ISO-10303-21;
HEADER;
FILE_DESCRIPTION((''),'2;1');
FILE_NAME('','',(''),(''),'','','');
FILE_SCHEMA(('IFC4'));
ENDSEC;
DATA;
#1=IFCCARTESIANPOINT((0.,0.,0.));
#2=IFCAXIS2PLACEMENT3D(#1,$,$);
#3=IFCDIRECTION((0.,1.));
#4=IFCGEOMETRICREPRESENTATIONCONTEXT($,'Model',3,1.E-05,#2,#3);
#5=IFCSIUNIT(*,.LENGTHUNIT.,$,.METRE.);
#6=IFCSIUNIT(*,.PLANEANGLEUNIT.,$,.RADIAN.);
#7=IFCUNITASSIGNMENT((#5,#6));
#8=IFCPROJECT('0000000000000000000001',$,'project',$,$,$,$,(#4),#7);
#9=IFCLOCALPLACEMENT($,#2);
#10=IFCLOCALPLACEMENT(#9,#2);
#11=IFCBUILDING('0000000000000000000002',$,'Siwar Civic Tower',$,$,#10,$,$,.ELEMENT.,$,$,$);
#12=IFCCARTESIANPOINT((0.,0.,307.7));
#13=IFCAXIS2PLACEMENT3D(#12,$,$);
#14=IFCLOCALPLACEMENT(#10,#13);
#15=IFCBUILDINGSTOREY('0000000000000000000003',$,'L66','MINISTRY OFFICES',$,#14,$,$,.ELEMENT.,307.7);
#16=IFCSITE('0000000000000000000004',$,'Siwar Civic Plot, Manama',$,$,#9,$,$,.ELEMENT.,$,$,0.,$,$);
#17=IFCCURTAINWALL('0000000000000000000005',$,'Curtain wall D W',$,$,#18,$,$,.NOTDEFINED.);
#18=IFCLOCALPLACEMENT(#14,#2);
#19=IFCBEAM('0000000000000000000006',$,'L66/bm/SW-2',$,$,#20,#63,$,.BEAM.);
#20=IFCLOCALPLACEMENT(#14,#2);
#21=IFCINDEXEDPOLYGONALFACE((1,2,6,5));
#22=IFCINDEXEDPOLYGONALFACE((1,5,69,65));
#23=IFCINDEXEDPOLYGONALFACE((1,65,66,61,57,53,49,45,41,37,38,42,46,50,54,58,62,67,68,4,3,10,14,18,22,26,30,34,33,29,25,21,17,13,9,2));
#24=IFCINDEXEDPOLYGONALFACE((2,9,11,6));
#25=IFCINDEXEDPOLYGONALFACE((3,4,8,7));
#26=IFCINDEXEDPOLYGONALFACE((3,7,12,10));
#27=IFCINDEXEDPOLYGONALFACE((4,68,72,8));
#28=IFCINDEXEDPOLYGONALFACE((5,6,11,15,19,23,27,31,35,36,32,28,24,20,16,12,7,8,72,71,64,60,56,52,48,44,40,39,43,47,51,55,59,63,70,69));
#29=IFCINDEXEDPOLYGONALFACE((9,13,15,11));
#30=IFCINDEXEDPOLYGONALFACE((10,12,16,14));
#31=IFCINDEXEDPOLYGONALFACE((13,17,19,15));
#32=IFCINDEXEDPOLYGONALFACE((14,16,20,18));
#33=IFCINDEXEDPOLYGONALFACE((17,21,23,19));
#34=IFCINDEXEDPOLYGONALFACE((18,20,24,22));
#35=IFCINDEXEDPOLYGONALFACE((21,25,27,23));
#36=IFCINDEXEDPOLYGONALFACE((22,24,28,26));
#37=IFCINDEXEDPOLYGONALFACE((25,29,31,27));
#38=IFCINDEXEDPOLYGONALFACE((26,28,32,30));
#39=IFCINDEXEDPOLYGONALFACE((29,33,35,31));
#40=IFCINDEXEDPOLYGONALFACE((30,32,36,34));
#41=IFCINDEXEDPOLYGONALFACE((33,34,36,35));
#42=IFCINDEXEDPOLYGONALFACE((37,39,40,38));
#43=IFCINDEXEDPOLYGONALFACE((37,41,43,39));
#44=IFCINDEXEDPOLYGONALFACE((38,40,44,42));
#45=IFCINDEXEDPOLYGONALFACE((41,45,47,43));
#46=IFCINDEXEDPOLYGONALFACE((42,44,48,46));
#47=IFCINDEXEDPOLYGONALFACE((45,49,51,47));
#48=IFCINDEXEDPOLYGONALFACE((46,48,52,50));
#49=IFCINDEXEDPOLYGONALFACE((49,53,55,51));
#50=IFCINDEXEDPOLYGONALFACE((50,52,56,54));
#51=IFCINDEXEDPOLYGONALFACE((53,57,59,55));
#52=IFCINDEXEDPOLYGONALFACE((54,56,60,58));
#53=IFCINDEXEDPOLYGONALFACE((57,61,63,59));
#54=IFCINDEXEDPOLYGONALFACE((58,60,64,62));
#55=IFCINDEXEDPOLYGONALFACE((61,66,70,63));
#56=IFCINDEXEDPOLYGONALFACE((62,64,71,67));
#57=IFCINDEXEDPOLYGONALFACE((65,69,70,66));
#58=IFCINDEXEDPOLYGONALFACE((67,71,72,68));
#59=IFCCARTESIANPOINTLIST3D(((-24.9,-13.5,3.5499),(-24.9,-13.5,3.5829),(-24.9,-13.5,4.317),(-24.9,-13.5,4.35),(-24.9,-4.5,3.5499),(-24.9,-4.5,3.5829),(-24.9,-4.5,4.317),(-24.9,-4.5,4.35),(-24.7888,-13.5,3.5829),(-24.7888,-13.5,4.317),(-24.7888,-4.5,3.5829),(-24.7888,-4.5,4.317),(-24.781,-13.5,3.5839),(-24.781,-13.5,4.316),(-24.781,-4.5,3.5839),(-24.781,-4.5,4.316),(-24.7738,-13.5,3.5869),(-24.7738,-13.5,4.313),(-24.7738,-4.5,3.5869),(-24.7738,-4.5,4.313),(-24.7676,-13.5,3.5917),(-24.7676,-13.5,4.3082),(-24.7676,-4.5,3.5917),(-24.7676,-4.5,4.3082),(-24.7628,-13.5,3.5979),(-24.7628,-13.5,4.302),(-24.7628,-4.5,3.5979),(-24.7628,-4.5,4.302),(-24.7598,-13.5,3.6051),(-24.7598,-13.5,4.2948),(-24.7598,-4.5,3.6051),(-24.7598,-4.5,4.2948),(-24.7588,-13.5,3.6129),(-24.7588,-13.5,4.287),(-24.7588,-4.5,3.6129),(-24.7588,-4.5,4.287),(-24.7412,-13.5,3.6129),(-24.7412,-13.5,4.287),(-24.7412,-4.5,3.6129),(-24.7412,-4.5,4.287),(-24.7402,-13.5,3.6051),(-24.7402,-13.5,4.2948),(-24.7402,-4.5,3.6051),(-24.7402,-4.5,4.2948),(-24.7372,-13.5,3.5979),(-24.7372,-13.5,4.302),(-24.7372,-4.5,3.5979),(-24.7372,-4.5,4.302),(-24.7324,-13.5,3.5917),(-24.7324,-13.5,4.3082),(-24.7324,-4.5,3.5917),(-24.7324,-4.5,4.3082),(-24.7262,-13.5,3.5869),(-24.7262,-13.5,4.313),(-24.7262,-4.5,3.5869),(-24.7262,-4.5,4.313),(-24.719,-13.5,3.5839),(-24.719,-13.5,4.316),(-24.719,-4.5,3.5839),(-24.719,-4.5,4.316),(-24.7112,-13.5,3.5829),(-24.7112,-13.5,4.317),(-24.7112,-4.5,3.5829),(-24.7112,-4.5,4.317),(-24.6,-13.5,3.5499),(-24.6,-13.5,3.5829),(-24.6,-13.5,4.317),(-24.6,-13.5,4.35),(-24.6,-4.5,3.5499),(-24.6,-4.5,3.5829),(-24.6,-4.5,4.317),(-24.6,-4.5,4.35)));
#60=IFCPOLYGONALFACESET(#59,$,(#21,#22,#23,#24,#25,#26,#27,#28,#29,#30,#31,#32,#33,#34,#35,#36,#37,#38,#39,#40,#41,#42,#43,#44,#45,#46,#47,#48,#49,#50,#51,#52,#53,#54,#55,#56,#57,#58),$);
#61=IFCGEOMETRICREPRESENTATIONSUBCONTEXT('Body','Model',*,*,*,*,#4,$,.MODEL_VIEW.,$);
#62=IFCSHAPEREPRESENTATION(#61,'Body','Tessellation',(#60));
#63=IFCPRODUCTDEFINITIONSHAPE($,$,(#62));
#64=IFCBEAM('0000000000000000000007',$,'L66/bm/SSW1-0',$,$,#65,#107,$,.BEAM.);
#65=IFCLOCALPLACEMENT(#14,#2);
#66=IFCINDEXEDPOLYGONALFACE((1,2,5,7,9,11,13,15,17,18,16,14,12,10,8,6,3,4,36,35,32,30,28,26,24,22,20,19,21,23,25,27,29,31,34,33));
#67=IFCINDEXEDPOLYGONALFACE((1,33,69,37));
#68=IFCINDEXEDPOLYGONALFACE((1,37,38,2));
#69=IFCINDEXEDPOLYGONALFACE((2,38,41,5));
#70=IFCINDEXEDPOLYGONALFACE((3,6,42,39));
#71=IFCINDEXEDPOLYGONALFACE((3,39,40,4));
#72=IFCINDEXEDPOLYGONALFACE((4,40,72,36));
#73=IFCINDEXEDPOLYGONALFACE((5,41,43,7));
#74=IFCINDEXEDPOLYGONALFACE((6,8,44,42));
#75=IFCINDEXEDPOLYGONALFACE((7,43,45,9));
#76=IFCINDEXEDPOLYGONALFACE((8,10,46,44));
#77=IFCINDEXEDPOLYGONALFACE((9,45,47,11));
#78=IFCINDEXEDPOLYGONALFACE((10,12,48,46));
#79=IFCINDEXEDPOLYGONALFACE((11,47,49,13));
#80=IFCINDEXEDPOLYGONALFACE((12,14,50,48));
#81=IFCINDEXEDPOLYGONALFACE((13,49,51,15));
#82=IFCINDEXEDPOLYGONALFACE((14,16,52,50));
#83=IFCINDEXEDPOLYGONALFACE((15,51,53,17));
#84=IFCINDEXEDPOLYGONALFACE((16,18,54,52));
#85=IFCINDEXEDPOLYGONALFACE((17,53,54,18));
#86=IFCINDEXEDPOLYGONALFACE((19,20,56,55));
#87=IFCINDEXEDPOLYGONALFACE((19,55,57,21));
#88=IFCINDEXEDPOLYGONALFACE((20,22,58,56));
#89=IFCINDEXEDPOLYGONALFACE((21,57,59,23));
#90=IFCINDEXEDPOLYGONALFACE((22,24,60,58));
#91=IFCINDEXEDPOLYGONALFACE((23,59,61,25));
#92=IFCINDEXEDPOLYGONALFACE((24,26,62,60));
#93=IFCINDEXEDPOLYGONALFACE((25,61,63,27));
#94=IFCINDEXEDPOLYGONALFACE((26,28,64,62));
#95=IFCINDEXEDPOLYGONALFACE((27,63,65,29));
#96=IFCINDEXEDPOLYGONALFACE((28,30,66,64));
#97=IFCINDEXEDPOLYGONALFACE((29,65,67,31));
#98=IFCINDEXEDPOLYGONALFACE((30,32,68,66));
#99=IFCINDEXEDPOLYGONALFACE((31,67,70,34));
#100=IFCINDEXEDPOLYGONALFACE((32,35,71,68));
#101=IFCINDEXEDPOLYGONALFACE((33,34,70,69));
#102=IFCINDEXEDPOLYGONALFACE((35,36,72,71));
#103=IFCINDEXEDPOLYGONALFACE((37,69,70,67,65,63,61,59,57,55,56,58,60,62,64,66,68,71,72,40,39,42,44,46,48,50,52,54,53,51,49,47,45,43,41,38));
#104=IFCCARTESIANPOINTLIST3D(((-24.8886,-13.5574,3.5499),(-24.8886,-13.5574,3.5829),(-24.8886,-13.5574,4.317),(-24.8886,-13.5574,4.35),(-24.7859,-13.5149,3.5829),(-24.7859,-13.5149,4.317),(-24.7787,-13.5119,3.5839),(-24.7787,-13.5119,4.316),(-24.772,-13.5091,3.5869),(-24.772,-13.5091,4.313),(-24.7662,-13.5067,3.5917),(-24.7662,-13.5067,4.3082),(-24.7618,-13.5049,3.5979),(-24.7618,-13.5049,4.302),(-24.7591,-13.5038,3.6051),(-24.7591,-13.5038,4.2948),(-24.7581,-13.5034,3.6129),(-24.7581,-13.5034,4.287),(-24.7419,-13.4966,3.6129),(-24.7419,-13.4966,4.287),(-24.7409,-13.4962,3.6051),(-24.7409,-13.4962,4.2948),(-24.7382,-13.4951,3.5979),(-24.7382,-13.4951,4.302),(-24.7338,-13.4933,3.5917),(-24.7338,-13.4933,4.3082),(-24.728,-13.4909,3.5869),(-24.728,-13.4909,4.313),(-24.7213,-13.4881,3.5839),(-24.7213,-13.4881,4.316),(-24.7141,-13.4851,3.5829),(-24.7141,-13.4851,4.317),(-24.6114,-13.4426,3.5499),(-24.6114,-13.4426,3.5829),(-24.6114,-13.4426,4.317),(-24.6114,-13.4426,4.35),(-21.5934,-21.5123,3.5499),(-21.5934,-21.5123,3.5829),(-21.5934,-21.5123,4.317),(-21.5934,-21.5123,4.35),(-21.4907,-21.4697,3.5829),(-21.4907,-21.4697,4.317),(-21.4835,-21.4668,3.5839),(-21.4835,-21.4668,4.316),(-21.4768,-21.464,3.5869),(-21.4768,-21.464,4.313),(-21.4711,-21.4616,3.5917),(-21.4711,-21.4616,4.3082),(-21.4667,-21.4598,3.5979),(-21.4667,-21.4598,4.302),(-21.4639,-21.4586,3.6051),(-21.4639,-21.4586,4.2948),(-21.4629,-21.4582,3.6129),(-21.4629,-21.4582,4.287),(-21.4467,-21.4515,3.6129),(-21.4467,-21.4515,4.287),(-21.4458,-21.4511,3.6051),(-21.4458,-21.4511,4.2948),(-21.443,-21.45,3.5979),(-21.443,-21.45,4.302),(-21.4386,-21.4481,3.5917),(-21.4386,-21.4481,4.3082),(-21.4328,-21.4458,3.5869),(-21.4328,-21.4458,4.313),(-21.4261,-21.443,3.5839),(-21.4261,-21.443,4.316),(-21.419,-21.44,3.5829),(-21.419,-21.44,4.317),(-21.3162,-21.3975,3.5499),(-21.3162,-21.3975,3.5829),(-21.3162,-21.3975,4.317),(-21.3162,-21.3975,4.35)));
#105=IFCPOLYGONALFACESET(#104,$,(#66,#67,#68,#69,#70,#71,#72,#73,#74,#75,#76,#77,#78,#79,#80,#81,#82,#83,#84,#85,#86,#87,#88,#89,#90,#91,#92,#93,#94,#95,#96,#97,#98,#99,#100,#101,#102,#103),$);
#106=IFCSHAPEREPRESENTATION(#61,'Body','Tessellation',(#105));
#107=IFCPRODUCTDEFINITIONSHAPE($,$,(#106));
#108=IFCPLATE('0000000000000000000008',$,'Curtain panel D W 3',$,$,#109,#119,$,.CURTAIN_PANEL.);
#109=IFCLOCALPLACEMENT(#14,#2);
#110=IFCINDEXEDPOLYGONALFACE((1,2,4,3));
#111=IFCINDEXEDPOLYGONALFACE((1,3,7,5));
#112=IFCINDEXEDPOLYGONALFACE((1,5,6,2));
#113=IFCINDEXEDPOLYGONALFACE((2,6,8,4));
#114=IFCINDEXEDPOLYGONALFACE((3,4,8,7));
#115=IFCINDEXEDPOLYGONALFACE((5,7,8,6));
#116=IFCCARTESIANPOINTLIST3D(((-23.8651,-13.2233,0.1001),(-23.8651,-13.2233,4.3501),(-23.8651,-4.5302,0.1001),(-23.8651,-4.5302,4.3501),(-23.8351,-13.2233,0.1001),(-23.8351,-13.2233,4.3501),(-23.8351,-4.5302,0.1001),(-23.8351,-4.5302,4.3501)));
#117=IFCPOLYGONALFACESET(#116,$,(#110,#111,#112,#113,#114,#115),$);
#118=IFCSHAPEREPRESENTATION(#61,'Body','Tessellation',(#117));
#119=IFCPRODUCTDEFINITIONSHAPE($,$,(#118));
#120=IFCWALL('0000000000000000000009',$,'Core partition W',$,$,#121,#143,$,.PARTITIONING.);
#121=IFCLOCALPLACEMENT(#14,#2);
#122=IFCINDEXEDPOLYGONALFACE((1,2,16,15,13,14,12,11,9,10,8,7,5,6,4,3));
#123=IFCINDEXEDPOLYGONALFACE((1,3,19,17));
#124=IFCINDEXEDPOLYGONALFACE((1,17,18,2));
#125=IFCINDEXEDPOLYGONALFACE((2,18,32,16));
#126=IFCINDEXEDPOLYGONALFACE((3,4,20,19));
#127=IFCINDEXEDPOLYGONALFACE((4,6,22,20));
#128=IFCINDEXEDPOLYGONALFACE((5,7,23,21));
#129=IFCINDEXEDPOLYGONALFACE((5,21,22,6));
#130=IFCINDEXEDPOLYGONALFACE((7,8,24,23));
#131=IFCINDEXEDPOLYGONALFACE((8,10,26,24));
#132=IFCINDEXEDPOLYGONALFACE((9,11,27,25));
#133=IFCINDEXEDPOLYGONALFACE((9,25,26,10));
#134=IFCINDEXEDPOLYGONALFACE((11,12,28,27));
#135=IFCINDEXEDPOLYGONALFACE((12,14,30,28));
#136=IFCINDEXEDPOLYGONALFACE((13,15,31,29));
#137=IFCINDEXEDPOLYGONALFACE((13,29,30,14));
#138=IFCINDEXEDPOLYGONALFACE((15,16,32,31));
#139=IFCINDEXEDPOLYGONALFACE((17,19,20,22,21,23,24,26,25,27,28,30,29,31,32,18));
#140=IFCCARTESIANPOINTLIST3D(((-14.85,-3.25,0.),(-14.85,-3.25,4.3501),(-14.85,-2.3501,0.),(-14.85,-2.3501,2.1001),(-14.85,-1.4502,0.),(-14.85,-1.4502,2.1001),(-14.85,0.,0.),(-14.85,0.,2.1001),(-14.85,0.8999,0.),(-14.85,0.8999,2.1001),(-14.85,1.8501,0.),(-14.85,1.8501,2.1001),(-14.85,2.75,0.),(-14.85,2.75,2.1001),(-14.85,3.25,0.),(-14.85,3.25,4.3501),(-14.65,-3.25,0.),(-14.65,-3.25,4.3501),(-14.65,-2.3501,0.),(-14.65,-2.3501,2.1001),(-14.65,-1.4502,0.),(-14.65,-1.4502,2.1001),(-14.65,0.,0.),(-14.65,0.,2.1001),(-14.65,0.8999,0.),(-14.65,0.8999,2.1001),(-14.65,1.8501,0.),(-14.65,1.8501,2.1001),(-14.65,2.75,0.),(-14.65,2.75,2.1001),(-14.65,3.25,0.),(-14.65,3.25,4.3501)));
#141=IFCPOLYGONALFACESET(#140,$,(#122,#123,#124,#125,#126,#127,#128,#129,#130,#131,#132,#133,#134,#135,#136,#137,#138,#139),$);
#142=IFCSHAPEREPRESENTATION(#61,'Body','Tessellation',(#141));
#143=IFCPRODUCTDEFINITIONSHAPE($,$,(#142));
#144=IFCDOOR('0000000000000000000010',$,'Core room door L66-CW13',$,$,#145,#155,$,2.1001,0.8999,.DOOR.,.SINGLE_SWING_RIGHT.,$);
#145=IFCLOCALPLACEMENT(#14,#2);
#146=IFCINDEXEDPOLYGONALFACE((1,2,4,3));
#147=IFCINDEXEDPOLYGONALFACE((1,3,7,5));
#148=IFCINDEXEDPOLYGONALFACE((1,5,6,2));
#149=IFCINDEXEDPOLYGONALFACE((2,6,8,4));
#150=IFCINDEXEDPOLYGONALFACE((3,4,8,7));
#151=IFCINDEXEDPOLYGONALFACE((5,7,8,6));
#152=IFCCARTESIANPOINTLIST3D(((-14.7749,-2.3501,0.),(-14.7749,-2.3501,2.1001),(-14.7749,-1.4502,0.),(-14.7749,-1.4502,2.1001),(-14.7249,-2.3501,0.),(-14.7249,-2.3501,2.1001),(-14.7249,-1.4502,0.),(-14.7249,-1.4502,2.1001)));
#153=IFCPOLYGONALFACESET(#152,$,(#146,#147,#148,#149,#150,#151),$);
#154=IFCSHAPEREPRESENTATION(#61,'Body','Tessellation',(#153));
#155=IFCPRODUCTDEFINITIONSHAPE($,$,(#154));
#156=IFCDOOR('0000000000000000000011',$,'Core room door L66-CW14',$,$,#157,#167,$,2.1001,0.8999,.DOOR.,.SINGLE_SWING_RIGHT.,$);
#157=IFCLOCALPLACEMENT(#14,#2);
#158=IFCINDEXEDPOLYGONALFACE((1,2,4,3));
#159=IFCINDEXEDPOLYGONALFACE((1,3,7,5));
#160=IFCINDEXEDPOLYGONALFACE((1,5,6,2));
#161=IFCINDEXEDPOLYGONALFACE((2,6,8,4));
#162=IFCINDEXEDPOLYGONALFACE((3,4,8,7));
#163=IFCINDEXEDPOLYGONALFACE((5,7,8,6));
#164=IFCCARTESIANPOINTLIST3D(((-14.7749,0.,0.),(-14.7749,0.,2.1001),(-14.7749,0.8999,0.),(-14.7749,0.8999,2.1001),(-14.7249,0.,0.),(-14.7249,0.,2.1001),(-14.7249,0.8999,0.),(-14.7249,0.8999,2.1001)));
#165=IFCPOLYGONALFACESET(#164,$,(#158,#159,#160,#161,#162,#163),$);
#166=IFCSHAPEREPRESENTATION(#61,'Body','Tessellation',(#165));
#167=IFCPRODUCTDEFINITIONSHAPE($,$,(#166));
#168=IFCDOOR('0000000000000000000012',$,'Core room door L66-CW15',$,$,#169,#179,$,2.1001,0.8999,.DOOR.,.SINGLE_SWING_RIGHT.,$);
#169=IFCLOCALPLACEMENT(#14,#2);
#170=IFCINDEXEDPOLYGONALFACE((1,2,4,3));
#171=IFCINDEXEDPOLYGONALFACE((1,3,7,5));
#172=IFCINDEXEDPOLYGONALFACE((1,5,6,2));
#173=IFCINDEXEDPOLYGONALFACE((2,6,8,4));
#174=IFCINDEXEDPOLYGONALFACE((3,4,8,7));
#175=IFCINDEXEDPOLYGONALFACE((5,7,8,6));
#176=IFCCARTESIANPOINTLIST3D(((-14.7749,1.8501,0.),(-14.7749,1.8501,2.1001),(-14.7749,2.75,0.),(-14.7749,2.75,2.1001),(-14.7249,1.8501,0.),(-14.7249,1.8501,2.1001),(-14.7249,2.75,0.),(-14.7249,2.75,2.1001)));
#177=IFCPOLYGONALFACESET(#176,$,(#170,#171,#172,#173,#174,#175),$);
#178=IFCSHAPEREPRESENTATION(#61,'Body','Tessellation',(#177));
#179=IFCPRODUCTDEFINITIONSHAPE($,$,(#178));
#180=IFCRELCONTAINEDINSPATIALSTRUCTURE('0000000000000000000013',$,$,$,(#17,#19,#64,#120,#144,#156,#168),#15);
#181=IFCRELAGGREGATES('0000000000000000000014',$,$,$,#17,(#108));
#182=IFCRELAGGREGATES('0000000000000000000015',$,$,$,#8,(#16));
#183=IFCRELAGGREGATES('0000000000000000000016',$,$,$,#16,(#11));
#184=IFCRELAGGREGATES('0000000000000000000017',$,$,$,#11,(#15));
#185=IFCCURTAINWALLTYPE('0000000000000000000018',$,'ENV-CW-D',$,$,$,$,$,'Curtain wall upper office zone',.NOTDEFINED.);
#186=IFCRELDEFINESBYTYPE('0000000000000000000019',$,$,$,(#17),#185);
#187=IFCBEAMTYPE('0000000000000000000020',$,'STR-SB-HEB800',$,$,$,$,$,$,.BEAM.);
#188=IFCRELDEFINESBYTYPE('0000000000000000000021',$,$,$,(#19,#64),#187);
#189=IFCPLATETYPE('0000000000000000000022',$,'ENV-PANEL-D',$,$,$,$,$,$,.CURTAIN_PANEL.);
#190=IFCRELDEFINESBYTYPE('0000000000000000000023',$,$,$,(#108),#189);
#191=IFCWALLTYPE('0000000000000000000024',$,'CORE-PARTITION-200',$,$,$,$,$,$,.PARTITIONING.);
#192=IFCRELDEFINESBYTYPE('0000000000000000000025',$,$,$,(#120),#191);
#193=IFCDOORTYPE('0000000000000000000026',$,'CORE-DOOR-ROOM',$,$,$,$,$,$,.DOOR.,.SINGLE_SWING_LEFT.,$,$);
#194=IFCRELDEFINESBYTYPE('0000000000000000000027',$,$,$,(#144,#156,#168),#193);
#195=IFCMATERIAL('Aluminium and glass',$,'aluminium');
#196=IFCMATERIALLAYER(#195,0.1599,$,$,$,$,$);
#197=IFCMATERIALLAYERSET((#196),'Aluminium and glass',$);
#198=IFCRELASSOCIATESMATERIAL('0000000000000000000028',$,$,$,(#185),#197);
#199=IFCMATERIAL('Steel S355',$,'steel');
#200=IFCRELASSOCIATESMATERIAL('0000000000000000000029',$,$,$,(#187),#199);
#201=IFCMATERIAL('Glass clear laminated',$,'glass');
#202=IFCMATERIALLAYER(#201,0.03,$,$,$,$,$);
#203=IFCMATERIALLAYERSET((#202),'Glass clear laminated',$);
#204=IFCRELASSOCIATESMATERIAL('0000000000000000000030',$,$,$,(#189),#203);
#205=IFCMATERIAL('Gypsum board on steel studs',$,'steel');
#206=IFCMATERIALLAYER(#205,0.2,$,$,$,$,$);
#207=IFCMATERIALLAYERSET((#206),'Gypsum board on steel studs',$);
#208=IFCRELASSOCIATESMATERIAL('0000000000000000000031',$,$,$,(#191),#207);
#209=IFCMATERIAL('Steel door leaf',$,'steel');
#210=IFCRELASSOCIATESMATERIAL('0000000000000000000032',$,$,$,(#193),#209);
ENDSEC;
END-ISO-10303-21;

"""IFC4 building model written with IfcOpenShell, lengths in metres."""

from ifc_helpers import new_model, si_unit, direction, frame, frame_2d, origin, origin_2d, place, context, subcontext, project, spatial, rectangle, i_section, extrude, material, layer, layer_set, material_profile, profile_set, type_object, element, fill, aggregate, save


model = new_model("IFC4")

# Units and contexts
model_context = context("Model", 3, precision=1e-05, world=origin(), true_north=direction((0.0, 1.0)))
body_context = subcontext(model_context, "Body", "Model", "MODEL_VIEW")
ifc_project = project(units=[si_unit("LENGTHUNIT", "METRE"), si_unit("PLANEANGLEUNIT", "RADIAN")], contexts=[model_context])

# Site, building, storey
site_placement = place(None, origin())
site = spatial("IfcSite", under=ifc_project, at=site_placement, Name="Siwar Civic Plot, Manama", CompositionType="ELEMENT", RefElevation=0.0)
building_placement = place(site_placement, origin())
building = spatial("IfcBuilding", under=site, at=building_placement, Name="Siwar Civic Tower", CompositionType="ELEMENT")
storey_placement = place(building_placement, frame((0.0, 0.0, 307.7)))
storey = spatial("IfcBuildingStorey", under=building, at=storey_placement, Name="L66", Description="MINISTRY OFFICES", CompositionType="ELEMENT", Elevation=307.7)

# Curtain wall
ifc_material_1 = material(Name="Aluminium and glass", Category="aluminium")
ifc_layer_1 = layer(ifc_material_1, 0.1599)
ifc_layer_set_1 = layer_set([ifc_layer_1], Name="Aluminium and glass")
curtain_wall_type_1 = type_object("IfcCurtainWallType", Name="ENV-CW-D", ElementType="Curtain wall upper office zone", PredefinedType="NOTDEFINED", material=ifc_layer_set_1)
curtain_wall_1_placement = place(storey_placement, origin())
curtain_wall_1 = element("IfcCurtainWall", 1, at=curtain_wall_1_placement, inside=storey, type_object=curtain_wall_type_1, Name="Curtain wall D W", PredefinedType="NOTDEFINED")

# Beams
ifc_material_2 = material(Name="Steel S355", Category="steel")
ifc_material_profile_1 = material_profile(ifc_material_2, i_section(OverallWidth=0.3, OverallDepth=0.8, WebThickness=0.0176, FlangeThickness=0.033, FilletRadius=0.03, at=origin_2d()), Name="HEB800")
ifc_profile_set_1 = profile_set([ifc_material_profile_1], Name="Steel S355")
beam_type_1 = type_object("IfcBeamType", Name="STR-SB-HEB800", PredefinedType="BEAM", material=ifc_profile_set_1)
beam_1_placement = place(storey_placement, frame((-24.75, -4.5, 3.95), z_axis=(0.0, -1.0, 0.0), x_axis=(1.0, 0.0, 0.0)))
element("IfcBeam", 2, at=beam_1_placement, inside=storey, type_object=beam_type_1, Name="L66/bm/SW-2", PredefinedType="BEAM", context=body_context, shape_type="SweptSolid", body=[
    extrude(i_section(OverallWidth=0.3, OverallDepth=0.8, WebThickness=0.0176, FlangeThickness=0.033, FilletRadius=0.03, at=origin_2d()), origin(), (0.0, 0.0, 1.0), 9.0),
])
beam_2_placement = place(storey_placement, frame((-24.75, -13.5, 3.95), z_axis=(0.3827, -0.923873, 0.0), x_axis=(0.923873, 0.3827, 0.0)))
element("IfcBeam", 3, at=beam_2_placement, inside=storey, type_object=beam_type_1, Name="L66/bm/SSW1-0", PredefinedType="BEAM", context=body_context, shape_type="SweptSolid", body=[
    extrude(i_section(OverallWidth=0.3, OverallDepth=0.8, WebThickness=0.0176, FlangeThickness=0.033, FilletRadius=0.03, at=origin_2d()), origin(), (0.0, 0.0, 1.0), 8.6104),
])

# Plate
ifc_material_3 = material(Name="Glass clear laminated", Category="glass")
ifc_layer_2 = layer(ifc_material_3, 0.03)
ifc_layer_set_2 = layer_set([ifc_layer_2], Name="Glass clear laminated")
plate_type = type_object("IfcPlateType", Name="ENV-PANEL-D", PredefinedType="CURTAIN_PANEL", material=ifc_layer_set_2)
plate_placement = place(storey_placement, frame((-23.8501, -8.8767, 0.1001), z_axis=(0.0, 0.0, 1.0), x_axis=(0.0, -1.0, 0.0)))
plate = element("IfcPlate", 4, at=plate_placement, type_object=plate_type, Name="Curtain panel D W 3", PredefinedType="CURTAIN_PANEL", context=body_context, shape_type="SweptSolid", body=[
    extrude(rectangle(XDim=8.6931, YDim=0.03, at=origin_2d()), origin(), (0.0, 0.0, 1.0), 4.25),
])
aggregate(curtain_wall_1, [plate])

# Wall, openings, doors
ifc_material_4 = material(Name="Gypsum board on steel studs", Category="steel")
ifc_layer_3 = layer(ifc_material_4, 0.2)
ifc_layer_set_3 = layer_set([ifc_layer_3], Name="Gypsum board on steel studs")
wall_type_1 = type_object("IfcWallType", Name="CORE-PARTITION-200", PredefinedType="PARTITIONING", material=ifc_layer_set_3)
wall_1_placement = place(storey_placement, frame((-14.75, -3.25, 0.0), z_axis=(0.0, 0.0, 1.0), x_axis=(0.0, 1.0, 0.0)))
wall_1 = element("IfcWall", 5, at=wall_1_placement, inside=storey, type_object=wall_type_1, Name="Core partition W", PredefinedType="PARTITIONING", context=body_context, shape_type="SweptSolid", body=[
    extrude(rectangle(XDim=6.5, YDim=0.2, at=frame_2d((3.25, 0.0))), origin(), (0.0, 0.0, 1.0), 4.3501),
])
opening_1_placement = place(wall_1_placement, frame((0.8999, 0.0, 0.0)))
opening_1 = element("IfcOpeningElement", 6, at=opening_1_placement, cuts=wall_1, PredefinedType="OPENING", context=body_context, shape_type="SweptSolid", body=[
    extrude(rectangle(XDim=0.8999, YDim=2.1001, at=frame_2d((0.45, 1.05))), frame((0.0, 0.1099, 0.0), z_axis=(0.0, -1.0, 0.0), x_axis=(1.0, 0.0, 0.0)), (0.0, 0.0, 1.0), 0.22),
])
opening_2_placement = place(wall_1_placement, frame((3.25, 0.0, 0.0)))
opening_2 = element("IfcOpeningElement", 7, at=opening_2_placement, cuts=wall_1, PredefinedType="OPENING", context=body_context, shape_type="SweptSolid", body=[
    extrude(rectangle(XDim=0.8999, YDim=2.1001, at=frame_2d((0.45, 1.05))), frame((0.0, 0.1099, 0.0), z_axis=(0.0, -1.0, 0.0), x_axis=(1.0, 0.0, 0.0)), (0.0, 0.0, 1.0), 0.22),
])
opening_3_placement = place(wall_1_placement, frame((5.1001, 0.0, 0.0)))
opening_3 = element("IfcOpeningElement", 8, at=opening_3_placement, cuts=wall_1, PredefinedType="OPENING", context=body_context, shape_type="SweptSolid", body=[
    extrude(rectangle(XDim=0.8999, YDim=2.1001, at=frame_2d((0.45, 1.05))), frame((0.0, 0.1099, 0.0), z_axis=(0.0, -1.0, 0.0), x_axis=(1.0, 0.0, 0.0)), (0.0, 0.0, 1.0), 0.22),
])
ifc_material_5 = material(Name="Steel door leaf", Category="steel")
door_type_1 = type_object("IfcDoorType", Name="CORE-DOOR-ROOM", OperationType="SINGLE_SWING_LEFT", PredefinedType="DOOR", material=ifc_material_5)
door_1_placement = place(opening_1_placement, origin())
door_1 = element("IfcDoor", 9, at=door_1_placement, inside=storey, type_object=door_type_1, Name="Core room door L66-CW13", OperationType="SINGLE_SWING_RIGHT", OverallHeight=2.1001, OverallWidth=0.8999, PredefinedType="DOOR", context=body_context, shape_type="SweptSolid", body=[
    extrude(rectangle(XDim=0.8999, YDim=2.1001, at=frame_2d((0.45, 1.05))), frame((0.0, 0.0249, 0.0), z_axis=(0.0, -1.0, 0.0), x_axis=(1.0, 0.0, 0.0)), (0.0, 0.0, 1.0), 0.05),
])
fill(opening_1, door_1)
door_2_placement = place(opening_2_placement, origin())
door_2 = element("IfcDoor", 10, at=door_2_placement, inside=storey, type_object=door_type_1, Name="Core room door L66-CW14", OperationType="SINGLE_SWING_RIGHT", OverallHeight=2.1001, OverallWidth=0.8999, PredefinedType="DOOR", context=body_context, shape_type="SweptSolid", body=[
    extrude(rectangle(XDim=0.8999, YDim=2.1001, at=frame_2d((0.45, 1.05))), frame((0.0, 0.0249, 0.0), z_axis=(0.0, -1.0, 0.0), x_axis=(1.0, 0.0, 0.0)), (0.0, 0.0, 1.0), 0.05),
])
fill(opening_2, door_2)
door_3_placement = place(opening_3_placement, origin())
door_3 = element("IfcDoor", 11, at=door_3_placement, inside=storey, type_object=door_type_1, Name="Core room door L66-CW15", OperationType="SINGLE_SWING_RIGHT", OverallHeight=2.1001, OverallWidth=0.8999, PredefinedType="DOOR", context=body_context, shape_type="SweptSolid", body=[
    extrude(rectangle(XDim=0.8999, YDim=2.1001, at=frame_2d((0.45, 1.05))), frame((0.0, 0.0249, 0.0), z_axis=(0.0, -1.0, 0.0), x_axis=(1.0, 0.0, 0.0)), (0.0, 0.0, 1.0), 0.05),
])
fill(opening_3, door_3)

save(model, "model.ifc")
